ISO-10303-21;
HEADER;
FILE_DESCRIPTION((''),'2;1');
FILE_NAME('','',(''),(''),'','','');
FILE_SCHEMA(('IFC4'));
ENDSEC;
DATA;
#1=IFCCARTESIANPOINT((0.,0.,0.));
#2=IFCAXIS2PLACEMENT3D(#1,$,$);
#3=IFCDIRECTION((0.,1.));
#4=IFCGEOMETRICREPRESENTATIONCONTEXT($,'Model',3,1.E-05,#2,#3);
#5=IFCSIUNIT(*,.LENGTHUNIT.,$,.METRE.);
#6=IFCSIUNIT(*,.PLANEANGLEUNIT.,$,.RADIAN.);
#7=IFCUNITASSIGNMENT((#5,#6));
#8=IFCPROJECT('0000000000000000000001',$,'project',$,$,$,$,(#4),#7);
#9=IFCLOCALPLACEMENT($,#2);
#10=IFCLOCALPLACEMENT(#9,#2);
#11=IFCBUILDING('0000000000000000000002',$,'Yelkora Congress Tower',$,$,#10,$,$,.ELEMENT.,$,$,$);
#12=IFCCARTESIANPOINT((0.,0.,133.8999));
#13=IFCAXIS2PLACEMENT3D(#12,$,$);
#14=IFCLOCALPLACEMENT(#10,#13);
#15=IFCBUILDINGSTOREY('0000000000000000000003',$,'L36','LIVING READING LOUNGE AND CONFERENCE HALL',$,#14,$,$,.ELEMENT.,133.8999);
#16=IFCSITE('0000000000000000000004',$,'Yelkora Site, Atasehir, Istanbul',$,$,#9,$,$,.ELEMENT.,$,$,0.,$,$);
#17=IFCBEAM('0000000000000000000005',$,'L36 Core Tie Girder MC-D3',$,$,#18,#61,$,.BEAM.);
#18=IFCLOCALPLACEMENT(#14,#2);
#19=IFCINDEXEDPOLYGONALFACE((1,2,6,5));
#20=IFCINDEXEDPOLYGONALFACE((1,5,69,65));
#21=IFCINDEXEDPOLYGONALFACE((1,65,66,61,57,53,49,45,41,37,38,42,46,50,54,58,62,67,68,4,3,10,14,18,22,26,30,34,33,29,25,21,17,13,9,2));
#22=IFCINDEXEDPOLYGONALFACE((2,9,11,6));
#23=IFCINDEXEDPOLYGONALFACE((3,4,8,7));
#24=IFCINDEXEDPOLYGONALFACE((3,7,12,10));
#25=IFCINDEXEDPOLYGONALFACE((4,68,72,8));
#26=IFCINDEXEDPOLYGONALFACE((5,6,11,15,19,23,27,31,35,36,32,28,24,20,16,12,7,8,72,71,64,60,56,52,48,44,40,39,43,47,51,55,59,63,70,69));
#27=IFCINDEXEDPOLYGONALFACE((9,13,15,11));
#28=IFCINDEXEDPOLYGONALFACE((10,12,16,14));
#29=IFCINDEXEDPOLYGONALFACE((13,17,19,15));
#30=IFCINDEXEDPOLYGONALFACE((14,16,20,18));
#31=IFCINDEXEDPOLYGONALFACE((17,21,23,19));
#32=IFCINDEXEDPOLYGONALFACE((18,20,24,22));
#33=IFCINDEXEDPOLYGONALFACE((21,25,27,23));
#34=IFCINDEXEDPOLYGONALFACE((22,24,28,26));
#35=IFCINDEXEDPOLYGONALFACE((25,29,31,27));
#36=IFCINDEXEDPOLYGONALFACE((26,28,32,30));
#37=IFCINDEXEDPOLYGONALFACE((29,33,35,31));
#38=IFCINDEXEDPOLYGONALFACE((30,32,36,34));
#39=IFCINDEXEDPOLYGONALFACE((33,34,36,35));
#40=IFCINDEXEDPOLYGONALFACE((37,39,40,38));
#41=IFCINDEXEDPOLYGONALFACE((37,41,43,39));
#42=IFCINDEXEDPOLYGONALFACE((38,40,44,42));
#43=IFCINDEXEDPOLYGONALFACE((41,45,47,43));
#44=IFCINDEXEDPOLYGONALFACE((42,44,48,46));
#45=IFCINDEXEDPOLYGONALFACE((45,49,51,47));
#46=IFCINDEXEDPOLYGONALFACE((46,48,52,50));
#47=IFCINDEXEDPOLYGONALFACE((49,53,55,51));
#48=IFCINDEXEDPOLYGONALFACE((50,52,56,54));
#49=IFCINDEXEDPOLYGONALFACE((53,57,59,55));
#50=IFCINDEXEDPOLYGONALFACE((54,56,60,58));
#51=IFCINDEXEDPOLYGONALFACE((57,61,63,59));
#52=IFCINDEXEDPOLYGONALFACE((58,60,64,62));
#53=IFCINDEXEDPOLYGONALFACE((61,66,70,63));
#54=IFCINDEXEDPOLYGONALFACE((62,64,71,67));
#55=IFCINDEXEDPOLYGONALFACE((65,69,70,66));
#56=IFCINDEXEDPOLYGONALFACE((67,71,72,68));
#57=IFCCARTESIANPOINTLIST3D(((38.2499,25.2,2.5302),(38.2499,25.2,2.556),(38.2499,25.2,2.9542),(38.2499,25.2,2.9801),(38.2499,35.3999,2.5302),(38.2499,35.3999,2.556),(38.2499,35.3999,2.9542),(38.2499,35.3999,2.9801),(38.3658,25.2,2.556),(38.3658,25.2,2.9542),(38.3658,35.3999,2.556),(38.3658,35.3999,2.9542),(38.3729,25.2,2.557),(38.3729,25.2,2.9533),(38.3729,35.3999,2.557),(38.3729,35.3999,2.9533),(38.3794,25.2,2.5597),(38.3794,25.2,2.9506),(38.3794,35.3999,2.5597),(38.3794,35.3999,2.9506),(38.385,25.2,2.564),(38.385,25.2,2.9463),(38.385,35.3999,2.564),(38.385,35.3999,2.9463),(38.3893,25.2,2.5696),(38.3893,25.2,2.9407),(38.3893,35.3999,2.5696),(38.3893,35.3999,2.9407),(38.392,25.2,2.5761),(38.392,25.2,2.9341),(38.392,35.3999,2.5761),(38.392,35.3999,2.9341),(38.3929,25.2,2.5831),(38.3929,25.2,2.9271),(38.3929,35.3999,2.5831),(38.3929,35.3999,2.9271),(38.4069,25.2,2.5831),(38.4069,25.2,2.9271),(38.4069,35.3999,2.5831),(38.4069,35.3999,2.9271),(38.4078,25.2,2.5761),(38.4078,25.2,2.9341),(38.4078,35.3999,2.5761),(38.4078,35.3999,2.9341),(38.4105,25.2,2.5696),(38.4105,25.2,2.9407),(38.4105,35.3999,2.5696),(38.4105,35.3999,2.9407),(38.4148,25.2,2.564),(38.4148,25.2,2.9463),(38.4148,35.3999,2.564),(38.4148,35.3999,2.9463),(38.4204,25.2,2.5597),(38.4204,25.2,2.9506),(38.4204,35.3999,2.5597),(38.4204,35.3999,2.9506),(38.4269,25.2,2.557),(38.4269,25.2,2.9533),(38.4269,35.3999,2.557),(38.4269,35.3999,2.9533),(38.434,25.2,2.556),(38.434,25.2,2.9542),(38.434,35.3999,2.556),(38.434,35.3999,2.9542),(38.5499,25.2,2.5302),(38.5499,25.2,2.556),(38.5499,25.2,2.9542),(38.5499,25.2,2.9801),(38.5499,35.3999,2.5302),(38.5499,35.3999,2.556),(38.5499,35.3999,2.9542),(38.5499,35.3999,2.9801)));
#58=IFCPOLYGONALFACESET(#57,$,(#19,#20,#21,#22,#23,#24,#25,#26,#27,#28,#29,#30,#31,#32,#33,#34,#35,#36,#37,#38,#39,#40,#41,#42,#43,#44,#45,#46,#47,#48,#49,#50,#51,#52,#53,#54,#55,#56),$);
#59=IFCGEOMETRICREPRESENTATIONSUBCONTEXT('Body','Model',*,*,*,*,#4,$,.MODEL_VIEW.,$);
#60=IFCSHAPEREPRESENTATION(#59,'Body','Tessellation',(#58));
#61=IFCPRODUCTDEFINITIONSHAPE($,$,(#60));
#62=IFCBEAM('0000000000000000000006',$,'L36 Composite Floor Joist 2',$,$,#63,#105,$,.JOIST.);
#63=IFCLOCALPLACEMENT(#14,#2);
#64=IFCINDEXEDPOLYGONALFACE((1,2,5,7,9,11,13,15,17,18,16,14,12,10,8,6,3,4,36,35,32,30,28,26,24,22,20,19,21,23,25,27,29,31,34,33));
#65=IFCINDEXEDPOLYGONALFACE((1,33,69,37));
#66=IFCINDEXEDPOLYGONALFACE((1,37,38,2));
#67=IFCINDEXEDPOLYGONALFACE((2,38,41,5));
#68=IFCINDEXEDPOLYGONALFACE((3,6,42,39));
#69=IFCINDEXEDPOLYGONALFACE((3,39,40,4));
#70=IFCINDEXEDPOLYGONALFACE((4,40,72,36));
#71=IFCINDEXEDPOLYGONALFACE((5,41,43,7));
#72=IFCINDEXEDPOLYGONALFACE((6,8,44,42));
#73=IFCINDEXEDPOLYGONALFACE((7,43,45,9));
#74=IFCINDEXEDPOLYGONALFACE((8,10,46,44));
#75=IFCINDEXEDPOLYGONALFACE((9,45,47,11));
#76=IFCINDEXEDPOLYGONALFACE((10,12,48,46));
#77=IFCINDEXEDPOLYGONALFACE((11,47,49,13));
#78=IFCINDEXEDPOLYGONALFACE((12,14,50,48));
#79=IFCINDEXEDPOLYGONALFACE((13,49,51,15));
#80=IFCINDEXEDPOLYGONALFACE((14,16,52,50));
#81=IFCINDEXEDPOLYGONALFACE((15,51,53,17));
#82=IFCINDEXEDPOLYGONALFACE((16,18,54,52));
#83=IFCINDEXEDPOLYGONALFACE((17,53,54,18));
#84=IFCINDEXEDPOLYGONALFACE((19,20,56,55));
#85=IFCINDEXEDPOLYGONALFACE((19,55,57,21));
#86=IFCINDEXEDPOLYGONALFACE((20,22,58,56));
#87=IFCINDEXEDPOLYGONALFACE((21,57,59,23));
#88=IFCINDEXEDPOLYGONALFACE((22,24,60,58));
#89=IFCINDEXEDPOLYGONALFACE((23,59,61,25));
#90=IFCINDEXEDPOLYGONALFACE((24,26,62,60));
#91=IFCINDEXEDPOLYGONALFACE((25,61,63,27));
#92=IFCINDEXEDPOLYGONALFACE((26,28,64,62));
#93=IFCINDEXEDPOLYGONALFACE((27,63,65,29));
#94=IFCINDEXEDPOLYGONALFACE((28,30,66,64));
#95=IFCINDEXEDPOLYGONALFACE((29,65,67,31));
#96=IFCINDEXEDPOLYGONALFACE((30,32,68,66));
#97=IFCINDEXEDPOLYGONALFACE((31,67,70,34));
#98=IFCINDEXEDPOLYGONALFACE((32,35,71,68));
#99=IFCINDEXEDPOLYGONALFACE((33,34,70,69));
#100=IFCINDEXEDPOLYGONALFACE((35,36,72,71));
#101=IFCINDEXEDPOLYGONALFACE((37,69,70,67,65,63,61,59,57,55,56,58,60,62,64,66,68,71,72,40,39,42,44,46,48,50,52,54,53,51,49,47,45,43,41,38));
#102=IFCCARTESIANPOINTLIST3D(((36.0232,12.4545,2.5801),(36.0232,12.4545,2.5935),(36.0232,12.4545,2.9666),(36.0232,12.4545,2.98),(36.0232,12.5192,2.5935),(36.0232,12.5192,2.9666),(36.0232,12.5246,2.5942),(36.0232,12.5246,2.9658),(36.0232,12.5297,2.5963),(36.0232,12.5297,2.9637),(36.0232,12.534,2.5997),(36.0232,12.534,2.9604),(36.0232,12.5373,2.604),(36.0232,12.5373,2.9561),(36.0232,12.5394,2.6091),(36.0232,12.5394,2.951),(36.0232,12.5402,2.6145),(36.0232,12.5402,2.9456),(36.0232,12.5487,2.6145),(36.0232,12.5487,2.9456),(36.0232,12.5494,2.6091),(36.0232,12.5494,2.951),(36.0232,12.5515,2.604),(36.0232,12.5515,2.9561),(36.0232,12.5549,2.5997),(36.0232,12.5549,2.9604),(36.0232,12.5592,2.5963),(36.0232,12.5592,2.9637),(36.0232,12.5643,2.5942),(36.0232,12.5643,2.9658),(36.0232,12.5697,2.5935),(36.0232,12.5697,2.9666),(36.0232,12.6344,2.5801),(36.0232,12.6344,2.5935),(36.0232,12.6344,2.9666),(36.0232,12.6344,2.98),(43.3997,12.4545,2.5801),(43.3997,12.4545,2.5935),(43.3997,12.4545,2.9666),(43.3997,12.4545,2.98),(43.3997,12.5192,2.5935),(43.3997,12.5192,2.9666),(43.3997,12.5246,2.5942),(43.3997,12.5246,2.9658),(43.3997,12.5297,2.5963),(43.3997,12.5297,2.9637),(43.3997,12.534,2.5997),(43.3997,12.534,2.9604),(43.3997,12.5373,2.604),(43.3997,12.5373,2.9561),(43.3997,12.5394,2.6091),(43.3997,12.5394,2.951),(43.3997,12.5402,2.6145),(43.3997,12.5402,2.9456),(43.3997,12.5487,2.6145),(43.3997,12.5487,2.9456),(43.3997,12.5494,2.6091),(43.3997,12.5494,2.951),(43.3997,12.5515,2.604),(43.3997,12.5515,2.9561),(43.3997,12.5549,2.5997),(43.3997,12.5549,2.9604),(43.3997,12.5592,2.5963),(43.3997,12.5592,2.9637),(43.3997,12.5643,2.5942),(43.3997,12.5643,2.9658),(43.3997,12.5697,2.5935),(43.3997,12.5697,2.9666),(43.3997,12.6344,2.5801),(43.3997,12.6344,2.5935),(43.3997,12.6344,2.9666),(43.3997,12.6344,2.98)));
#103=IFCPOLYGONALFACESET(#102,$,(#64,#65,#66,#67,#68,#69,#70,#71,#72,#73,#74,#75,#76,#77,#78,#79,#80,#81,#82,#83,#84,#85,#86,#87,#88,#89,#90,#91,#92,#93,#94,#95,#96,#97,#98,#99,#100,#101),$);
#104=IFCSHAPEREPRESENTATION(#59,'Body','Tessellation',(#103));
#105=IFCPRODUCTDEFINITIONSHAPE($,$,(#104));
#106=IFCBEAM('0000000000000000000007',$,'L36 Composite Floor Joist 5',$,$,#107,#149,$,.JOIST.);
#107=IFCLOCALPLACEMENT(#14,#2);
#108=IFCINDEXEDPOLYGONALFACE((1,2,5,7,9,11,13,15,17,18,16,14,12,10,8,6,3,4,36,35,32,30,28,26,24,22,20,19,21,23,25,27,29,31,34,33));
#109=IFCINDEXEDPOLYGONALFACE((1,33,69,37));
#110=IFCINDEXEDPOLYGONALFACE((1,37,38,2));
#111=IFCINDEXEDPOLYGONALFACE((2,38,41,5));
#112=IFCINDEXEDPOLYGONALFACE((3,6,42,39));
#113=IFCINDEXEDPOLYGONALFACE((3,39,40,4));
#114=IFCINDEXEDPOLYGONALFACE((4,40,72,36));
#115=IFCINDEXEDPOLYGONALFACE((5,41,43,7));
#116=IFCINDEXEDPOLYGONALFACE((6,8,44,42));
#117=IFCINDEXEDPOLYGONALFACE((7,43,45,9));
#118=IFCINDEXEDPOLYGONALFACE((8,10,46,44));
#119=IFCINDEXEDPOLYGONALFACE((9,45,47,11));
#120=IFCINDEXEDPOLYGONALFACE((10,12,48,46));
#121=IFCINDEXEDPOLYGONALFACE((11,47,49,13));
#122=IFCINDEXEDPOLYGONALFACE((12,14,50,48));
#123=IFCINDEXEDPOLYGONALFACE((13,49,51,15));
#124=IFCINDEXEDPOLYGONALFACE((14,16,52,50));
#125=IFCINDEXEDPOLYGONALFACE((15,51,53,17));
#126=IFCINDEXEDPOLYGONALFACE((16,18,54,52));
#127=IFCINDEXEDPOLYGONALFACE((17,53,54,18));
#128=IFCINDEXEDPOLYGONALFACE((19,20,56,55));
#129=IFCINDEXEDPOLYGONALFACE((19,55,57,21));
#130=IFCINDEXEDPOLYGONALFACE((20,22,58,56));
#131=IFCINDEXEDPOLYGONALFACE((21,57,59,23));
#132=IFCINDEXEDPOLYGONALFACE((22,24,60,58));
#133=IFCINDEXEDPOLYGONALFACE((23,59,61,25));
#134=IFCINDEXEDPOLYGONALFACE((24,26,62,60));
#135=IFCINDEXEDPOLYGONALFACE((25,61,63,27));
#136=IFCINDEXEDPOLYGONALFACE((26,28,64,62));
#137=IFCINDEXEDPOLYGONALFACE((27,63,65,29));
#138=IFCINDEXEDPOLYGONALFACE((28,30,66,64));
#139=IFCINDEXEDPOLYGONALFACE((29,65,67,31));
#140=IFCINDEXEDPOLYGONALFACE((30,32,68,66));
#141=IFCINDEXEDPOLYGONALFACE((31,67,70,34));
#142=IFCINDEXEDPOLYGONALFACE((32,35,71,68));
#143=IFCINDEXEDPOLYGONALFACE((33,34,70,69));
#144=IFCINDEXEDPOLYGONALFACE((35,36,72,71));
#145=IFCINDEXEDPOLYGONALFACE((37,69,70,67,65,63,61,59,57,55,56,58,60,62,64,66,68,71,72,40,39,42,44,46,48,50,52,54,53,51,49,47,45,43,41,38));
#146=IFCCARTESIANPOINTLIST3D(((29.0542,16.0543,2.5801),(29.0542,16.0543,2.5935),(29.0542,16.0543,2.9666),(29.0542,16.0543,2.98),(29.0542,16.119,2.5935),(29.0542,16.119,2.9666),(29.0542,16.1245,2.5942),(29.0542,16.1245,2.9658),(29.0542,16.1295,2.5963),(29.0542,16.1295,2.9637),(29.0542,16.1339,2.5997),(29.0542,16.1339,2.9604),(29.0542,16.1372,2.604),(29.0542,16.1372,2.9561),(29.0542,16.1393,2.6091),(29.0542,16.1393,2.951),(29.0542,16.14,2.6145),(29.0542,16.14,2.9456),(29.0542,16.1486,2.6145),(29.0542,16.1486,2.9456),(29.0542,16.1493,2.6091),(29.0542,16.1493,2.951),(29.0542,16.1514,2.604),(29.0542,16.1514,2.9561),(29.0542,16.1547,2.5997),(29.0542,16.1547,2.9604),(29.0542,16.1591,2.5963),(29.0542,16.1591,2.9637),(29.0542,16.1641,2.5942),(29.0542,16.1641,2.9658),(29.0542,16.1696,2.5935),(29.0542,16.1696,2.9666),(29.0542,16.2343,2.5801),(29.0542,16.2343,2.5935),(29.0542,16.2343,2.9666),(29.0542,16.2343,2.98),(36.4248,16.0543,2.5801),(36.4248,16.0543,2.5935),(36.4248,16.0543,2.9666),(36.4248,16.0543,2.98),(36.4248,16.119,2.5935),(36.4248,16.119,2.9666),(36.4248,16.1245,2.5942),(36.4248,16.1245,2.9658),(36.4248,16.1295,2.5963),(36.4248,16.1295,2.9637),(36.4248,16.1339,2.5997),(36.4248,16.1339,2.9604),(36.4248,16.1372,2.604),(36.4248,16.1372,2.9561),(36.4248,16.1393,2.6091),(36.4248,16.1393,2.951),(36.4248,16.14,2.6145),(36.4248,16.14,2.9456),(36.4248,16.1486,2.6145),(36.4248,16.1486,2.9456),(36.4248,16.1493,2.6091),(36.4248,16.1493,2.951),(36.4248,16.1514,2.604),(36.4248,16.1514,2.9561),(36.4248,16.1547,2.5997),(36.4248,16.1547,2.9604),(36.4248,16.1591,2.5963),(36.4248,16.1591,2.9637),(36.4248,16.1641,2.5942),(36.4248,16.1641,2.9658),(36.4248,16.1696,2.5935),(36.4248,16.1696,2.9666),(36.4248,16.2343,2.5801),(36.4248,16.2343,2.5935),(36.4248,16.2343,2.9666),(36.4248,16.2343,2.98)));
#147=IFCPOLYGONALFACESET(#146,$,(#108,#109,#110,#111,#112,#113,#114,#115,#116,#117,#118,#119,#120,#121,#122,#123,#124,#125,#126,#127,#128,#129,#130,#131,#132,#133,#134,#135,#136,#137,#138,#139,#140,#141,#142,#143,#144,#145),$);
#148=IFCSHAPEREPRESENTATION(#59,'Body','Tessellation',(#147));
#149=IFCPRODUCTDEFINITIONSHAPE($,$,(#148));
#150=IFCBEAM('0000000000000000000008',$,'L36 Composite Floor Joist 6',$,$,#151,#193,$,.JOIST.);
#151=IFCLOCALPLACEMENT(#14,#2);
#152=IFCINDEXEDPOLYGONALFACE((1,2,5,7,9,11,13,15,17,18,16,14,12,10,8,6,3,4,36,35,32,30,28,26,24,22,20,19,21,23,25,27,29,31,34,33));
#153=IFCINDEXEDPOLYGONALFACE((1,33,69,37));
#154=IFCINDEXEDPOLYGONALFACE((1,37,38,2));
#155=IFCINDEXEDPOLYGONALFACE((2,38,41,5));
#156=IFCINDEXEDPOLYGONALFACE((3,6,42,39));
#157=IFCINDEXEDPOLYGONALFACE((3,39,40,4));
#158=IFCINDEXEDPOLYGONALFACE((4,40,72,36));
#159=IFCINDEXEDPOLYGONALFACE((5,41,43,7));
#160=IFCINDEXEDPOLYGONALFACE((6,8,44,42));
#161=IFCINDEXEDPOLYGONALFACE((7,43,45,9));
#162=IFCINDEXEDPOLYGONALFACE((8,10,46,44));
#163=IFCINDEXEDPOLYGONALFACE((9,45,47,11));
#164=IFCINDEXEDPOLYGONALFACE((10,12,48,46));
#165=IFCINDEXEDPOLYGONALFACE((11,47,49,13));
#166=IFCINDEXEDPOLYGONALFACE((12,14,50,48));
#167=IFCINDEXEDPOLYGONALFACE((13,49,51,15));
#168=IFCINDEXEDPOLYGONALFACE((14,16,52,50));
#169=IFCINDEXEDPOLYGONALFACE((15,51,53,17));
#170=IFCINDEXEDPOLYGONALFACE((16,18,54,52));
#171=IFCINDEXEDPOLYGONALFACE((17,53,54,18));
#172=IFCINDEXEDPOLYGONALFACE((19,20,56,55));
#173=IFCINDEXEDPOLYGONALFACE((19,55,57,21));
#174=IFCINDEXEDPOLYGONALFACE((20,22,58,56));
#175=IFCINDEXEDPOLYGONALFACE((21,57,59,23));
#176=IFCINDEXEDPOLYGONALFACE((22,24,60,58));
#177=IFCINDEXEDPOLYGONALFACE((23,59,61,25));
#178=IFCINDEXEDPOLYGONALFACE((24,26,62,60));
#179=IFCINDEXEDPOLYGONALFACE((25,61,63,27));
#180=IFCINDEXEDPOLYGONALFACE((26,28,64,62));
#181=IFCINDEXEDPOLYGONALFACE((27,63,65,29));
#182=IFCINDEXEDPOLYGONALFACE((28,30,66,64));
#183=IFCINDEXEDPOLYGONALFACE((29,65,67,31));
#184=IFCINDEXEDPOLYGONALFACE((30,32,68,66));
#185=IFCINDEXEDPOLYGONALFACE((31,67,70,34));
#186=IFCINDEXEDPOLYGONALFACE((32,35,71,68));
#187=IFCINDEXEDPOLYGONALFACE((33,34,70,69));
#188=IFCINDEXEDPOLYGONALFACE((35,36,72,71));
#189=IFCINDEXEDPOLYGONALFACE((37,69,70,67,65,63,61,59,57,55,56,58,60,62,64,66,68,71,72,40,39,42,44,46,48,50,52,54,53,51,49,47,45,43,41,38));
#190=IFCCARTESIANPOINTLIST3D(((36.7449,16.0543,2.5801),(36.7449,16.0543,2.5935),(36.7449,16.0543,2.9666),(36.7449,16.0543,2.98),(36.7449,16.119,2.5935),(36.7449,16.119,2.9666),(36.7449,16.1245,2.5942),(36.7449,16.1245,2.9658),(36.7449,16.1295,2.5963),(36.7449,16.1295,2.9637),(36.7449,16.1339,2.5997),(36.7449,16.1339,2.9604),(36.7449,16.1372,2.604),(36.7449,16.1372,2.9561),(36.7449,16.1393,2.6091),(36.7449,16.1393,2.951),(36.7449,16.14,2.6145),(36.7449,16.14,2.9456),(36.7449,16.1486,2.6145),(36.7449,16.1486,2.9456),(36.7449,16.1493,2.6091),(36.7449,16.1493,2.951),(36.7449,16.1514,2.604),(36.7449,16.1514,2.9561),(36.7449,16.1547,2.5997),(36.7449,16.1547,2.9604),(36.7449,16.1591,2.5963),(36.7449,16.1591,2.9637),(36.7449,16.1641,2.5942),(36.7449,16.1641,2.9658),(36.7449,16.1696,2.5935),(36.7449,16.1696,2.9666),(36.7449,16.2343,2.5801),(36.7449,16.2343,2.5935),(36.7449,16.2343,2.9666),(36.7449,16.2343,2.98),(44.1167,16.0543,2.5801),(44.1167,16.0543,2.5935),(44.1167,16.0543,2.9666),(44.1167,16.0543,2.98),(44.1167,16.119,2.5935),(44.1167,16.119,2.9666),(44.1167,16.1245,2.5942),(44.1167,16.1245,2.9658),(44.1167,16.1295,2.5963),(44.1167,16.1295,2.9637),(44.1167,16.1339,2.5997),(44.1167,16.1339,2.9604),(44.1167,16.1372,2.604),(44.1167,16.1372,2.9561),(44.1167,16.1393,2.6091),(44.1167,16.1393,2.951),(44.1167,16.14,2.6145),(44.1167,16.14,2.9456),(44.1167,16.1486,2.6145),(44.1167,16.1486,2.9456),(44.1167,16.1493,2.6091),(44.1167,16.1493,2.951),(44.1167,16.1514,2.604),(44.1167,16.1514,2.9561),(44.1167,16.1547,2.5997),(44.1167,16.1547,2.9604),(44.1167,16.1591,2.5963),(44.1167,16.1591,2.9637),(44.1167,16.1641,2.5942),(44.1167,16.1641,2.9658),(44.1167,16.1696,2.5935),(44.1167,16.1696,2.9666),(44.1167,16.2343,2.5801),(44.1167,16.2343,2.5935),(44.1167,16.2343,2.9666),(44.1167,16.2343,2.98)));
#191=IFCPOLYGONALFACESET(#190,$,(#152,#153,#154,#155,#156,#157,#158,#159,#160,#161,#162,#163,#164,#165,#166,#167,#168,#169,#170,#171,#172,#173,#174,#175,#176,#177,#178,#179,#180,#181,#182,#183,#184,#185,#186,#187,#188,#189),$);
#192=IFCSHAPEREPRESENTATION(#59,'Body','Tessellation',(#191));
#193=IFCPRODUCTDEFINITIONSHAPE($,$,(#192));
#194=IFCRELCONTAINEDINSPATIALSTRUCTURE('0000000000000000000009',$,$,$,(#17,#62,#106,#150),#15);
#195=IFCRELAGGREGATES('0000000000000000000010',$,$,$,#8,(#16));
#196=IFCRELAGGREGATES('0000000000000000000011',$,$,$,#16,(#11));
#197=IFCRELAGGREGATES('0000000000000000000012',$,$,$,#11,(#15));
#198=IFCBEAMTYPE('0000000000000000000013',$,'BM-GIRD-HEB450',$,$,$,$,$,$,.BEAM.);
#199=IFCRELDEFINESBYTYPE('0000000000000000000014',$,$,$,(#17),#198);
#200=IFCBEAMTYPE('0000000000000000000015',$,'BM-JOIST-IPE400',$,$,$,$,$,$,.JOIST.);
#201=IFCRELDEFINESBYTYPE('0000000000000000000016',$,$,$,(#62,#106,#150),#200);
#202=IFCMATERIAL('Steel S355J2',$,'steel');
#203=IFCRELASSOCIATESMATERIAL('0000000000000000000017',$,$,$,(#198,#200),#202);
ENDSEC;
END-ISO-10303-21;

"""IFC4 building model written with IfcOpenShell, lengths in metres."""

from ifc_helpers import new_model, si_unit, direction, frame, origin, origin_2d, place, context, subcontext, project, spatial, i_section, extrude, material, material_profile, profile_set, type_object, element, save


model = new_model("IFC4")

# Units and contexts
model_context = context("Model", 3, precision=1e-05, world=origin(), true_north=direction((0.0, 1.0)))
body_context = subcontext(model_context, "Body", "Model", "MODEL_VIEW")
ifc_project = project(units=[si_unit("LENGTHUNIT", "METRE"), si_unit("PLANEANGLEUNIT", "RADIAN")], contexts=[model_context])

# Site, building, storey
site_placement = place(None, origin())
site = spatial("IfcSite", under=ifc_project, at=site_placement, Name="Yelkora Site, Atasehir, Istanbul", CompositionType="ELEMENT", RefElevation=0.0)
building_placement = place(site_placement, origin())
building = spatial("IfcBuilding", under=site, at=building_placement, Name="Yelkora Congress Tower", CompositionType="ELEMENT")
storey_placement = place(building_placement, frame((0.0, 0.0, 133.8999)))
storey = spatial("IfcBuildingStorey", under=building, at=storey_placement, Name="L36", Description="LIVING READING LOUNGE AND CONFERENCE HALL", CompositionType="ELEMENT", Elevation=133.8999)

# Beams
ifc_material_1 = material(Name="Steel S355J2", Category="steel")
ifc_material_profile_1 = material_profile(ifc_material_1, i_section(OverallWidth=0.3, OverallDepth=0.45, WebThickness=0.0139, FlangeThickness=0.0259, FilletRadius=0.0271, at=origin_2d()), Name="HEB 450")
ifc_profile_set_1 = profile_set([ifc_material_profile_1], Name="Steel S355J2")
beam_type_1 = type_object("IfcBeamType", Name="BM-GIRD-HEB450", PredefinedType="BEAM", material=ifc_profile_set_1)
for number, where, z_axis, x_axis, name in (
    (1, (38.3999, 25.2, 2.7551), (0.0, 1.0, 0.0), (-1.0, 0.0, 0.0), "L36 Core Tie Girder MC-D3"),
):
    element("IfcBeam", number, at=place(storey_placement, frame(where, z_axis=z_axis, x_axis=x_axis)), inside=storey, type_object=beam_type_1, Name=name, PredefinedType="BEAM", context=body_context, shape_type="SweptSolid", body=[
        extrude(i_section(OverallWidth=0.3, OverallDepth=0.45, WebThickness=0.0139, FlangeThickness=0.0259, FilletRadius=0.0271, at=origin_2d()), origin(), (0.0, 0.0, 1.0), 10.2),
    ])
ifc_material_profile_2 = material_profile(ifc_material_1, i_section(OverallWidth=0.1799, OverallDepth=0.3999, WebThickness=0.0085, FlangeThickness=0.0134, FilletRadius=0.021, at=origin_2d()), Name="IPE 400")
ifc_profile_set_2 = profile_set([ifc_material_profile_2], Name="Steel S355J2")
beam_type_2 = type_object("IfcBeamType", Name="BM-JOIST-IPE400", PredefinedType="JOIST", material=ifc_profile_set_2)
beam_1_placement = place(storey_placement, frame((36.0232, 12.5444, 2.78), z_axis=(1.0, 0.0, 0.0), x_axis=(0.0, 1.0, 0.0)))
element("IfcBeam", 2, at=beam_1_placement, inside=storey, type_object=beam_type_2, Name="L36 Composite Floor Joist 2", PredefinedType="JOIST", context=body_context, shape_type="SweptSolid", body=[
    extrude(i_section(OverallWidth=0.1799, OverallDepth=0.3999, WebThickness=0.0085, FlangeThickness=0.0134, FilletRadius=0.021, at=origin_2d()), origin(), (0.0, 0.0, 1.0), 7.3765),
])
beam_2_placement = place(storey_placement, frame((29.0542, 16.1443, 2.78), z_axis=(1.0, 0.0, 0.0), x_axis=(0.0, 1.0, 0.0)))
element("IfcBeam", 3, at=beam_2_placement, inside=storey, type_object=beam_type_2, Name="L36 Composite Floor Joist 5", PredefinedType="JOIST", context=body_context, shape_type="SweptSolid", body=[
    extrude(i_section(OverallWidth=0.1799, OverallDepth=0.3999, WebThickness=0.0085, FlangeThickness=0.0134, FilletRadius=0.021, at=origin_2d()), origin(), (0.0, 0.0, 1.0), 7.3706),
])
beam_3_placement = place(storey_placement, frame((36.7449, 16.1443, 2.78), z_axis=(1.0, 0.0, 0.0), x_axis=(0.0, 1.0, 0.0)))
element("IfcBeam", 4, at=beam_3_placement, inside=storey, type_object=beam_type_2, Name="L36 Composite Floor Joist 6", PredefinedType="JOIST", context=body_context, shape_type="SweptSolid", body=[
    extrude(i_section(OverallWidth=0.1799, OverallDepth=0.3999, WebThickness=0.0085, FlangeThickness=0.0134, FilletRadius=0.021, at=origin_2d()), origin(), (0.0, 0.0, 1.0), 7.3718),
])

save(model, "model.ifc")
